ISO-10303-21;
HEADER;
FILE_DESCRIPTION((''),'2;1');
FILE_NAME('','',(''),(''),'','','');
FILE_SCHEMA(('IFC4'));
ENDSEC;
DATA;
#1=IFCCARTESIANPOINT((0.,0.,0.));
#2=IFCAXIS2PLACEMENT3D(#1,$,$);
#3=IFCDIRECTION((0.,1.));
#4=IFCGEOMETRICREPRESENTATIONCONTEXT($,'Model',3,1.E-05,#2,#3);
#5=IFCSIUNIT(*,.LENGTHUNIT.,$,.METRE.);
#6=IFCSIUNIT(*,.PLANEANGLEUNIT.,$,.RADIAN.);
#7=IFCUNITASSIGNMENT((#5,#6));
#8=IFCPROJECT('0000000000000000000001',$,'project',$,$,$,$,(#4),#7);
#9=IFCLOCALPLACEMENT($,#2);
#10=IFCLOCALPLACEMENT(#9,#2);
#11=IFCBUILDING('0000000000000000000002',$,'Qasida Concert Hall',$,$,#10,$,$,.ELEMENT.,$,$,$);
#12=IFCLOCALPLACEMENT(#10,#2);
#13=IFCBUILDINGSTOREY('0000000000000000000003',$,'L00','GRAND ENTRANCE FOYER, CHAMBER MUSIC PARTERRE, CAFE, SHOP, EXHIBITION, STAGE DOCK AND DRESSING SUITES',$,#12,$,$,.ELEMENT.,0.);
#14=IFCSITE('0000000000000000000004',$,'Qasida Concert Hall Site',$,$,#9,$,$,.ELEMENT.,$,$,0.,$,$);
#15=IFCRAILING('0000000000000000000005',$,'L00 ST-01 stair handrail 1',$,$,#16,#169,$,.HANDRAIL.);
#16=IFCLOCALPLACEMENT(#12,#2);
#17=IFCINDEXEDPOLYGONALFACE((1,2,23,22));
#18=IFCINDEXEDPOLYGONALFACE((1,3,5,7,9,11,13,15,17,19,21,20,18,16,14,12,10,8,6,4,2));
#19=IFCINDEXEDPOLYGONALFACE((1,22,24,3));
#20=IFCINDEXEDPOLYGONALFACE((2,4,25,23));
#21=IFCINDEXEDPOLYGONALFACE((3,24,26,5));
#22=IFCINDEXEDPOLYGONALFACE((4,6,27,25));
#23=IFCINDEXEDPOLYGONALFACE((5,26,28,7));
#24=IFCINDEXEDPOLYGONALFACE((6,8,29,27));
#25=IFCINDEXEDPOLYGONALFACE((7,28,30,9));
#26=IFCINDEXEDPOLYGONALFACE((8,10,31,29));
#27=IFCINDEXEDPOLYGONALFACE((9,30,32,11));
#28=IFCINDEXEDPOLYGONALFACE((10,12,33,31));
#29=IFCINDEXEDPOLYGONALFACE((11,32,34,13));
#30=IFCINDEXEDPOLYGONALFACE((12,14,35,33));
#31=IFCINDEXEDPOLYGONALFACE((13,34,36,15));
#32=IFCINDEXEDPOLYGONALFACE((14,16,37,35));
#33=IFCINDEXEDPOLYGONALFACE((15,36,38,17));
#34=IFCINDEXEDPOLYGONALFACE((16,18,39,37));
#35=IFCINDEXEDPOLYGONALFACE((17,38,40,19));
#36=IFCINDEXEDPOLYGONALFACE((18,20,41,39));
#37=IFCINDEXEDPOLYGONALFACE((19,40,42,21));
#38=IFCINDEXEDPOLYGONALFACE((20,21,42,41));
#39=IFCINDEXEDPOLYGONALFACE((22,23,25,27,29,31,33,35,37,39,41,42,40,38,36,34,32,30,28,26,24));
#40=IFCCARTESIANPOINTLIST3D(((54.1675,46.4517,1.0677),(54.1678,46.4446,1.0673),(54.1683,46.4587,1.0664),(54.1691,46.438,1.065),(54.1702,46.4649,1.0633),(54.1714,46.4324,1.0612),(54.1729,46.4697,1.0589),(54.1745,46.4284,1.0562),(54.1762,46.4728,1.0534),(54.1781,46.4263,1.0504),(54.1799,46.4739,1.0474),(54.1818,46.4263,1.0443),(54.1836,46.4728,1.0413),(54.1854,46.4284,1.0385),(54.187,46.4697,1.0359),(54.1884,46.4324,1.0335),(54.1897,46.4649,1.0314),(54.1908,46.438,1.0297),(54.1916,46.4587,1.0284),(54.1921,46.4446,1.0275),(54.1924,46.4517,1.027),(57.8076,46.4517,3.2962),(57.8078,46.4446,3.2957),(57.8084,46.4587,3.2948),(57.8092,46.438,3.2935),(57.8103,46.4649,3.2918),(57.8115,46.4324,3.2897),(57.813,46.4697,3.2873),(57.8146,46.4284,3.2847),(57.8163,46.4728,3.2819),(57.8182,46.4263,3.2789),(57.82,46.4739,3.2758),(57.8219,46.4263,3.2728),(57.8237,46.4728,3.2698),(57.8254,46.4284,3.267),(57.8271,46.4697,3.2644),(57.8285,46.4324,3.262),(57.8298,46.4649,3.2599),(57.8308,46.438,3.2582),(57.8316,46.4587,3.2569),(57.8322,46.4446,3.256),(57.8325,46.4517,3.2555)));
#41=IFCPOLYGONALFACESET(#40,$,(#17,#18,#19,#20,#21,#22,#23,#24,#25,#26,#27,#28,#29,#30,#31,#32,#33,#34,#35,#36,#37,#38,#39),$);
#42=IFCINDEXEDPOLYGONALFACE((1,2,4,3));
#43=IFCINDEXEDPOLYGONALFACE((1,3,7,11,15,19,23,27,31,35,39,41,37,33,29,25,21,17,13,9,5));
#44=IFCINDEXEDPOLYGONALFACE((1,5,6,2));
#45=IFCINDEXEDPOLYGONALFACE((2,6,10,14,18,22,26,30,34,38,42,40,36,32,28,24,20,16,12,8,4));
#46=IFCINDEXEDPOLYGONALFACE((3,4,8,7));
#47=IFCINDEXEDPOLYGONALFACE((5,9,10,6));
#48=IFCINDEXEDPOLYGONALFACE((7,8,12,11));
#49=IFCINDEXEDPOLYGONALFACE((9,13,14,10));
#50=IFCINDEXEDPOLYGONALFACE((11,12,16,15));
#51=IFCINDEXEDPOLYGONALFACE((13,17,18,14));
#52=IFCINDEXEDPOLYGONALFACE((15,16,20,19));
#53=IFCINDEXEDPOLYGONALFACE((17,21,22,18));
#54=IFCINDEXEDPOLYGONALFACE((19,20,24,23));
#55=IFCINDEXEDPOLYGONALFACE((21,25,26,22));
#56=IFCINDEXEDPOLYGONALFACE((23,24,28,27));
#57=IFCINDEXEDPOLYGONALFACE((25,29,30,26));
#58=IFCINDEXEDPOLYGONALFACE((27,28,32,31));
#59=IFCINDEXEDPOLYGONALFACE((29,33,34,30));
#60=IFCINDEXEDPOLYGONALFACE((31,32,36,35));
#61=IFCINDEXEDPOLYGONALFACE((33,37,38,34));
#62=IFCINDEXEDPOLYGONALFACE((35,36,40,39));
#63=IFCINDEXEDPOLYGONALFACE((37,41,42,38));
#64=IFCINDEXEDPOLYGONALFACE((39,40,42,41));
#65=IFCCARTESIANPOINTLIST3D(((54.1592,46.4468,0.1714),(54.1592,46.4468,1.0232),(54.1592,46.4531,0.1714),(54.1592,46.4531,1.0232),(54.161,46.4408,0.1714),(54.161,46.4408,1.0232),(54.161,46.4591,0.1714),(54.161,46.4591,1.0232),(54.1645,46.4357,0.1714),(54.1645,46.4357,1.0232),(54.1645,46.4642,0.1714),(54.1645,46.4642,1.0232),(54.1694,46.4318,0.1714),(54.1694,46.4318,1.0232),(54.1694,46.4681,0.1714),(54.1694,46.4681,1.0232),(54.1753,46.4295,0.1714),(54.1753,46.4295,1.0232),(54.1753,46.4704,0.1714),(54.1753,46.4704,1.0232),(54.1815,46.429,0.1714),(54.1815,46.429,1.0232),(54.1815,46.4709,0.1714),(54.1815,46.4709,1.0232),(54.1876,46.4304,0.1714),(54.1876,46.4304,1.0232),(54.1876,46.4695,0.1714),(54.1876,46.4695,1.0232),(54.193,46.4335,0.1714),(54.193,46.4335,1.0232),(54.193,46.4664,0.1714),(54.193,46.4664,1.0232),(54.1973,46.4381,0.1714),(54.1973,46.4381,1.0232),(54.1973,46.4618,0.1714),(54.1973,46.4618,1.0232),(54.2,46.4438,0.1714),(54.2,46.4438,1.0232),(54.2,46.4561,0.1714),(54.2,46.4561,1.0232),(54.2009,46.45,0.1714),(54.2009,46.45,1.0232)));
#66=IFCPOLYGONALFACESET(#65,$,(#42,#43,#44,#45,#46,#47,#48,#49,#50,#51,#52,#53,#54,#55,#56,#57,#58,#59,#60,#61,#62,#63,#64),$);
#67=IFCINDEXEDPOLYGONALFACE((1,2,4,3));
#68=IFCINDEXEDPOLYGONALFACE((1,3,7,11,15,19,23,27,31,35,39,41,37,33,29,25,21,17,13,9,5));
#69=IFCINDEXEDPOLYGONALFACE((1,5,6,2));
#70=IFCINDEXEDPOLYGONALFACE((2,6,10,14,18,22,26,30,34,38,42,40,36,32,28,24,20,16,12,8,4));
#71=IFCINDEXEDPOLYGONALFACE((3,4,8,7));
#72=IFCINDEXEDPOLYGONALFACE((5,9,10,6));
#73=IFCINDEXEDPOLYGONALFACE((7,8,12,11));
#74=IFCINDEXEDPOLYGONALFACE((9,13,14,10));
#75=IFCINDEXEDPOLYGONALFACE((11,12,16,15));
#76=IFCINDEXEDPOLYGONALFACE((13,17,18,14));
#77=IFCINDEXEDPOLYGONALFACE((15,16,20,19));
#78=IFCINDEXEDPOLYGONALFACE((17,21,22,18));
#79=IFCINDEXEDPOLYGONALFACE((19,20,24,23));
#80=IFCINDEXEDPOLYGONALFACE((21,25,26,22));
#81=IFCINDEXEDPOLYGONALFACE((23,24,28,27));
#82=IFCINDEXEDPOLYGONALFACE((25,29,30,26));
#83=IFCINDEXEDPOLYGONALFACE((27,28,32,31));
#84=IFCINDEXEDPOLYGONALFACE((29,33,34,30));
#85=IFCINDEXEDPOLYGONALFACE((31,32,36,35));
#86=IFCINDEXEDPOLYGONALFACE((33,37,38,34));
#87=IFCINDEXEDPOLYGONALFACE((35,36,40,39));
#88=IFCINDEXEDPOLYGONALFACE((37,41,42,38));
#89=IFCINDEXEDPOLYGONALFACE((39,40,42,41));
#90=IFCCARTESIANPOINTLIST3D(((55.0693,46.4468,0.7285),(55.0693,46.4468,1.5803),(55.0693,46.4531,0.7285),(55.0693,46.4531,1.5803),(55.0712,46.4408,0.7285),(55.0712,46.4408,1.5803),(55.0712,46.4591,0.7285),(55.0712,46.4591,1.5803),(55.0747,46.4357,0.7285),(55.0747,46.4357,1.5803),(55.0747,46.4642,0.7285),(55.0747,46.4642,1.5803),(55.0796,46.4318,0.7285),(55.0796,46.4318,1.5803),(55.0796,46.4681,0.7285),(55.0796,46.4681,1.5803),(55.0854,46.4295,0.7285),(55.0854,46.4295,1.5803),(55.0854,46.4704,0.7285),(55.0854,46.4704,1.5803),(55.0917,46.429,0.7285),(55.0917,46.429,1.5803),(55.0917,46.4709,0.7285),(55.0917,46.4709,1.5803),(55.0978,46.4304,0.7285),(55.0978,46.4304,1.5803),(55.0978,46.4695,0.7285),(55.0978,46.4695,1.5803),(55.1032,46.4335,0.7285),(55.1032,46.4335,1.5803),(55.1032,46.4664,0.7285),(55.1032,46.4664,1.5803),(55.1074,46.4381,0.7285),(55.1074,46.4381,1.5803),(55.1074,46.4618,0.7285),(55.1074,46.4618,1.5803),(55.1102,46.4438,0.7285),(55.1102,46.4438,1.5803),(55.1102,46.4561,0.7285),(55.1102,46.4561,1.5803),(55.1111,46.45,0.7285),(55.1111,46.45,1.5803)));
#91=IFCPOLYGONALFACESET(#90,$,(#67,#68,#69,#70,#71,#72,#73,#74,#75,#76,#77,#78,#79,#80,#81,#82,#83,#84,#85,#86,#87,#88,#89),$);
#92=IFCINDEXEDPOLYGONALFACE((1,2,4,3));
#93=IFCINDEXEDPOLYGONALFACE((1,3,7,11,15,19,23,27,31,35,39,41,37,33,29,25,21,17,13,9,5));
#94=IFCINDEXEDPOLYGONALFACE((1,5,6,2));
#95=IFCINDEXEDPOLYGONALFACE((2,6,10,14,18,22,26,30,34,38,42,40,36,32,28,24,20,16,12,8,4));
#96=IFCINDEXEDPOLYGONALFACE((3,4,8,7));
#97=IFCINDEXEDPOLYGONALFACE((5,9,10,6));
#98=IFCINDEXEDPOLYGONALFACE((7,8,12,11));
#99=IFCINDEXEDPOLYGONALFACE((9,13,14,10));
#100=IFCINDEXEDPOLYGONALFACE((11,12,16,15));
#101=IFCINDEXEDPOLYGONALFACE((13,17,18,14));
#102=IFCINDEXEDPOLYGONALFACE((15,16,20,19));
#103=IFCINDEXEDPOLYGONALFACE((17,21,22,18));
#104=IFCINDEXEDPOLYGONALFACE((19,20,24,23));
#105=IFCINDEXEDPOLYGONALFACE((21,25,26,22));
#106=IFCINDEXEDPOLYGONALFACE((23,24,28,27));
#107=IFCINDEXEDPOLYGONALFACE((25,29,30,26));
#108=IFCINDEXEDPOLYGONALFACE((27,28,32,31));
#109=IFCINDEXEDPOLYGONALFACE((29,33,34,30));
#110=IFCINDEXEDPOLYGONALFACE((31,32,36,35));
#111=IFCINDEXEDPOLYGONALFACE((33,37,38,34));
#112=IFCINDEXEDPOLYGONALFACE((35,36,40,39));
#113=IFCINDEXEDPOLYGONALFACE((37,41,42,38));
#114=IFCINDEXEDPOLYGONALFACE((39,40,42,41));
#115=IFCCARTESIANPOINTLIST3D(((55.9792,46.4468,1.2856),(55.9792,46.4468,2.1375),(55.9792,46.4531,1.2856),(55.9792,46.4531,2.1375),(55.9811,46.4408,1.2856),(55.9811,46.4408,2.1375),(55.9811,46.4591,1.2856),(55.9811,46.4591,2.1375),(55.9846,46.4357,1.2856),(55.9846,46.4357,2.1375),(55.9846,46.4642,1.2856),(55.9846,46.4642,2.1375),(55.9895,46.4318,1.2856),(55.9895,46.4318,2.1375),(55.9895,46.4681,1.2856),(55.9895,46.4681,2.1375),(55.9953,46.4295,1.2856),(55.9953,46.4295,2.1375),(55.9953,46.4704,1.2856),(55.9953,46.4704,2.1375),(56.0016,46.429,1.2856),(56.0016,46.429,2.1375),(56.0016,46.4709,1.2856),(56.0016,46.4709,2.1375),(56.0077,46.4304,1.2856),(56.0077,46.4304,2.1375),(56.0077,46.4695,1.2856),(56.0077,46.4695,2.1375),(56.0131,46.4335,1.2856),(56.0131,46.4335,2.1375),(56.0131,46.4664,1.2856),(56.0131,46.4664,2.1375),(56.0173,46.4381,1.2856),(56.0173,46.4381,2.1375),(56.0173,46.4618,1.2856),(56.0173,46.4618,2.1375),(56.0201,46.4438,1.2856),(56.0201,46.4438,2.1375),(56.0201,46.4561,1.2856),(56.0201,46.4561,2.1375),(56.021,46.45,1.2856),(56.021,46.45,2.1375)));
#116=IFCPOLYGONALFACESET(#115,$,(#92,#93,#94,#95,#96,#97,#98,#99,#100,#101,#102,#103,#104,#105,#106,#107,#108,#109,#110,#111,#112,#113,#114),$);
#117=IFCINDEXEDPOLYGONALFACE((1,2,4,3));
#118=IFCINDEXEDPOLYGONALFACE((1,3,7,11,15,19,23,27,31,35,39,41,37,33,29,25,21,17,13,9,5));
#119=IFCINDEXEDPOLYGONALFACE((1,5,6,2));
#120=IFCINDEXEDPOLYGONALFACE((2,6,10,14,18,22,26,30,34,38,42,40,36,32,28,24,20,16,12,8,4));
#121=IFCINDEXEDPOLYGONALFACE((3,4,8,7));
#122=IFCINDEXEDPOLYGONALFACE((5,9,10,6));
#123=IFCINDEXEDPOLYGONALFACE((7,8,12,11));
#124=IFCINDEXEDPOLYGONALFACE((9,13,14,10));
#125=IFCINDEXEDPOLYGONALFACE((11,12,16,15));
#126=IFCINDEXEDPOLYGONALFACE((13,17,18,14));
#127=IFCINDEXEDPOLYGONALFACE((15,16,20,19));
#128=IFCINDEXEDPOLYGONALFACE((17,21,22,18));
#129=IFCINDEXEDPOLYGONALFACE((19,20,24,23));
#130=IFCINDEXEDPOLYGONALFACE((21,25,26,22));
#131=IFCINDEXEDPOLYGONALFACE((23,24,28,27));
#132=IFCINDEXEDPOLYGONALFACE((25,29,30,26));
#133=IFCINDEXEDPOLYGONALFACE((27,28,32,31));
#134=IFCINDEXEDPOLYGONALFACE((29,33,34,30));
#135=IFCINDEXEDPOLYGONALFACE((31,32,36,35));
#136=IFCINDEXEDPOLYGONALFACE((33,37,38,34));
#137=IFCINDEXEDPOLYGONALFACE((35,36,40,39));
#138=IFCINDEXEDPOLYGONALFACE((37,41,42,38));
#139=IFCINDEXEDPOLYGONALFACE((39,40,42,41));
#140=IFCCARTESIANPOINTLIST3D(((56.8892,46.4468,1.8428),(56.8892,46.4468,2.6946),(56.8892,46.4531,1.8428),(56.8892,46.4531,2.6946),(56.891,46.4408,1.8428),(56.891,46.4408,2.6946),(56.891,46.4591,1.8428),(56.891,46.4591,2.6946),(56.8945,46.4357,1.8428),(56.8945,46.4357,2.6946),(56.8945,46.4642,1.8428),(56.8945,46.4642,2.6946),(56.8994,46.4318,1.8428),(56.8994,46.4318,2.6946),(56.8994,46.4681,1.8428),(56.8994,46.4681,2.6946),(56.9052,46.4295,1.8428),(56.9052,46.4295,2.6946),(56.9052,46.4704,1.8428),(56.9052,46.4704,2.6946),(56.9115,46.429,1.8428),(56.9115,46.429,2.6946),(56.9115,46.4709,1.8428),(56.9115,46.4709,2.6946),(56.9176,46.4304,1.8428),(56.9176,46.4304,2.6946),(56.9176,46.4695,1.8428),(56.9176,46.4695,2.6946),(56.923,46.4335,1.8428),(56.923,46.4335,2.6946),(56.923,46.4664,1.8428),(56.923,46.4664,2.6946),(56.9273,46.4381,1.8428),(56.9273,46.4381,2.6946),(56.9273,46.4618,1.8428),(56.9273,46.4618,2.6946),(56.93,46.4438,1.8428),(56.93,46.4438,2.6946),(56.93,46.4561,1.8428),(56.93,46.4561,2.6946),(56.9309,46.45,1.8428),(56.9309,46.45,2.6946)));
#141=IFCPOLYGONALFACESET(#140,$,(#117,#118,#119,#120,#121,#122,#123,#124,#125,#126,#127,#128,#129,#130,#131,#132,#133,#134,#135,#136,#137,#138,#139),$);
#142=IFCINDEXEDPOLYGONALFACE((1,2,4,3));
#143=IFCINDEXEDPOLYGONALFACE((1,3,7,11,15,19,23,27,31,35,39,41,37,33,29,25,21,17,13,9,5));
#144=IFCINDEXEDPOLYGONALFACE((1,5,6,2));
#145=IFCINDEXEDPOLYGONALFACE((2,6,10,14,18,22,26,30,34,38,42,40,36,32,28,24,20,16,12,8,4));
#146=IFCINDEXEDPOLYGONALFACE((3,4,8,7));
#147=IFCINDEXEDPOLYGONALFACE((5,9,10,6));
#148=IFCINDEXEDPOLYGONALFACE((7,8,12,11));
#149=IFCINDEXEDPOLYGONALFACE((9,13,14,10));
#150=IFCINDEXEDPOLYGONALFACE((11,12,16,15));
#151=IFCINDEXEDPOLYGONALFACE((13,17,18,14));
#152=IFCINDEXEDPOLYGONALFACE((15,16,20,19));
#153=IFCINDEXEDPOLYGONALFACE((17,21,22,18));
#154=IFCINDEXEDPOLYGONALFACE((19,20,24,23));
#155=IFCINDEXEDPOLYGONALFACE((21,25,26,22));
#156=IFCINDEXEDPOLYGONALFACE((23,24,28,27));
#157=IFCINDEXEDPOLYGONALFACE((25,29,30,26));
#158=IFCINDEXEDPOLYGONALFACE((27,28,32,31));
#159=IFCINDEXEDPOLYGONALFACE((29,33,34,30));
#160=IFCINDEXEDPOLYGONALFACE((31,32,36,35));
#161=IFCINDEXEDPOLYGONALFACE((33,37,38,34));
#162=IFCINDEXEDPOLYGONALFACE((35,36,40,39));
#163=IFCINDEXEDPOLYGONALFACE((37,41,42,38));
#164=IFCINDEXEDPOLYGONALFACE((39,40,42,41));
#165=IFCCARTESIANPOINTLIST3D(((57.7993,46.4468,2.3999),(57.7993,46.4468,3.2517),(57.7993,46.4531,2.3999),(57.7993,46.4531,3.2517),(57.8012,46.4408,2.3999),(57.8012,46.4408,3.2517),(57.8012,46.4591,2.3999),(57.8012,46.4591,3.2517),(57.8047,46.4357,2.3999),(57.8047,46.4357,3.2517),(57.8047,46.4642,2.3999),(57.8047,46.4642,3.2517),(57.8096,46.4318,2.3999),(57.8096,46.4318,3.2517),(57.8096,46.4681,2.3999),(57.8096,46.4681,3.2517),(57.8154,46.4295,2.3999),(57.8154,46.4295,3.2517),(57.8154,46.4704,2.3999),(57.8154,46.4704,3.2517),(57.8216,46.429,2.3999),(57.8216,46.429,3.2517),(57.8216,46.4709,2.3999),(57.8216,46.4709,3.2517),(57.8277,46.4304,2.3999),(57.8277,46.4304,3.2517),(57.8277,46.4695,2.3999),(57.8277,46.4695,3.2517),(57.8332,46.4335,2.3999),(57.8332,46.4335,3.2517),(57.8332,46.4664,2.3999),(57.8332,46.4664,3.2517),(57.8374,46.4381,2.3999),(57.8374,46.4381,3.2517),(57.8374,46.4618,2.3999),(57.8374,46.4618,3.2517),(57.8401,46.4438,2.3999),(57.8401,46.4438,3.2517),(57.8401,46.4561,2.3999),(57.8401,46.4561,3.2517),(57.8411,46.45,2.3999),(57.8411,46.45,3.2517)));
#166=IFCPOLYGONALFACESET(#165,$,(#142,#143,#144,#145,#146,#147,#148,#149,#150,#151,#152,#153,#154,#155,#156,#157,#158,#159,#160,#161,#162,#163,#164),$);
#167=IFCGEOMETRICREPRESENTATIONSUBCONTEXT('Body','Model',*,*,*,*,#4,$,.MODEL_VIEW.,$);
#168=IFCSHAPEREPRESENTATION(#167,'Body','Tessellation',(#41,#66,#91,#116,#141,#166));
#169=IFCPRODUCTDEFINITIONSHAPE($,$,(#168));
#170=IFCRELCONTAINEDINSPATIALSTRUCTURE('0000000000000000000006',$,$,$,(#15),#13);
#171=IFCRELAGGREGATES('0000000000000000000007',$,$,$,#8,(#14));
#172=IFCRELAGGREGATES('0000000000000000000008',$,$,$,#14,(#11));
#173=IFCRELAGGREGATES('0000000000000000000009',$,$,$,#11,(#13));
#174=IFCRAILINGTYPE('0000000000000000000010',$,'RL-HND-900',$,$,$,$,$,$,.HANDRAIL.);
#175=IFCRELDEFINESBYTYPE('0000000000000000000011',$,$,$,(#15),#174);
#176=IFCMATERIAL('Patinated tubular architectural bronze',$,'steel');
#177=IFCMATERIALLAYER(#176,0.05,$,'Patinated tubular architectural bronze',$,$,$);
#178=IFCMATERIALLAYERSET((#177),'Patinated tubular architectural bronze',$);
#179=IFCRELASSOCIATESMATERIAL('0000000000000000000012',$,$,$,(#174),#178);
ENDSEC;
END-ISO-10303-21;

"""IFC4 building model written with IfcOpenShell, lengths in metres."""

from ifc_helpers import new_model, si_unit, direction, frame, origin, origin_2d, place, context, subcontext, project, spatial, circle, extrude, material, layer, layer_set, type_object, element, save


model = new_model("IFC4")

# Units and contexts
model_context = context("Model", 3, precision=1e-05, world=origin(), true_north=direction((0.0, 1.0)))
body_context = subcontext(model_context, "Body", "Model", "MODEL_VIEW")
ifc_project = project(units=[si_unit("LENGTHUNIT", "METRE"), si_unit("PLANEANGLEUNIT", "RADIAN")], contexts=[model_context])

# Site, building, storey
site_placement = place(None, origin())
site = spatial("IfcSite", under=ifc_project, at=site_placement, Name="Qasida Concert Hall Site", CompositionType="ELEMENT", RefElevation=0.0)
building_placement = place(site_placement, origin())
building = spatial("IfcBuilding", under=site, at=building_placement, Name="Qasida Concert Hall", CompositionType="ELEMENT")
storey_placement = place(building_placement, origin())
storey = spatial("IfcBuildingStorey", under=building, at=storey_placement, Name="L00", Description="GRAND ENTRANCE FOYER, CHAMBER MUSIC PARTERRE, CAFE, SHOP, EXHIBITION, STAGE DOCK AND DRESSING SUITES", CompositionType="ELEMENT", Elevation=0.0)

# Railing
ifc_material_1 = material(Name="Patinated tubular architectural bronze", Category="steel")
ifc_layer_1 = layer(ifc_material_1, 0.05, Name="Patinated tubular architectural bronze")
ifc_layer_set_1 = layer_set([ifc_layer_1], Name="Patinated tubular architectural bronze")
railing_type_1 = type_object("IfcRailingType", Name="RL-HND-900", PredefinedType="HANDRAIL", material=ifc_layer_set_1)
railing_1_placement = place(storey_placement, frame((54.1799, 46.45, 0.1714)))
element("IfcRailing", 1, at=railing_1_placement, inside=storey, type_object=railing_type_1, Name="L00 ST-01 stair handrail 1", PredefinedType="HANDRAIL", context=body_context, shape_type="SweptSolid", body=[
    extrude(circle(Radius=0.0239, at=origin_2d()), frame((0.0, 0.0, 0.876), z_axis=(0.852866, 0.0, 0.52213), x_axis=(0.0, 1.0, 0.0)), (0.0, 0.0, 1.0), 4.2681),
    extrude(circle(Radius=0.021, at=origin_2d()), origin(), (0.0, 0.0, 1.0), 0.8518),
    extrude(circle(Radius=0.021, at=origin_2d()), frame((0.9102, 0.0, 0.5571)), (0.0, 0.0, 1.0), 0.8518),
    extrude(circle(Radius=0.021, at=origin_2d()), frame((1.8201, 0.0, 1.1143)), (0.0, 0.0, 1.0), 0.8518),
    extrude(circle(Radius=0.021, at=origin_2d()), frame((2.73, 0.0, 1.6714)), (0.0, 0.0, 1.0), 0.8518),
    extrude(circle(Radius=0.021, at=origin_2d()), frame((3.6401, 0.0, 2.2285)), (0.0, 0.0, 1.0), 0.8518),
])

save(model, "model.ifc")
